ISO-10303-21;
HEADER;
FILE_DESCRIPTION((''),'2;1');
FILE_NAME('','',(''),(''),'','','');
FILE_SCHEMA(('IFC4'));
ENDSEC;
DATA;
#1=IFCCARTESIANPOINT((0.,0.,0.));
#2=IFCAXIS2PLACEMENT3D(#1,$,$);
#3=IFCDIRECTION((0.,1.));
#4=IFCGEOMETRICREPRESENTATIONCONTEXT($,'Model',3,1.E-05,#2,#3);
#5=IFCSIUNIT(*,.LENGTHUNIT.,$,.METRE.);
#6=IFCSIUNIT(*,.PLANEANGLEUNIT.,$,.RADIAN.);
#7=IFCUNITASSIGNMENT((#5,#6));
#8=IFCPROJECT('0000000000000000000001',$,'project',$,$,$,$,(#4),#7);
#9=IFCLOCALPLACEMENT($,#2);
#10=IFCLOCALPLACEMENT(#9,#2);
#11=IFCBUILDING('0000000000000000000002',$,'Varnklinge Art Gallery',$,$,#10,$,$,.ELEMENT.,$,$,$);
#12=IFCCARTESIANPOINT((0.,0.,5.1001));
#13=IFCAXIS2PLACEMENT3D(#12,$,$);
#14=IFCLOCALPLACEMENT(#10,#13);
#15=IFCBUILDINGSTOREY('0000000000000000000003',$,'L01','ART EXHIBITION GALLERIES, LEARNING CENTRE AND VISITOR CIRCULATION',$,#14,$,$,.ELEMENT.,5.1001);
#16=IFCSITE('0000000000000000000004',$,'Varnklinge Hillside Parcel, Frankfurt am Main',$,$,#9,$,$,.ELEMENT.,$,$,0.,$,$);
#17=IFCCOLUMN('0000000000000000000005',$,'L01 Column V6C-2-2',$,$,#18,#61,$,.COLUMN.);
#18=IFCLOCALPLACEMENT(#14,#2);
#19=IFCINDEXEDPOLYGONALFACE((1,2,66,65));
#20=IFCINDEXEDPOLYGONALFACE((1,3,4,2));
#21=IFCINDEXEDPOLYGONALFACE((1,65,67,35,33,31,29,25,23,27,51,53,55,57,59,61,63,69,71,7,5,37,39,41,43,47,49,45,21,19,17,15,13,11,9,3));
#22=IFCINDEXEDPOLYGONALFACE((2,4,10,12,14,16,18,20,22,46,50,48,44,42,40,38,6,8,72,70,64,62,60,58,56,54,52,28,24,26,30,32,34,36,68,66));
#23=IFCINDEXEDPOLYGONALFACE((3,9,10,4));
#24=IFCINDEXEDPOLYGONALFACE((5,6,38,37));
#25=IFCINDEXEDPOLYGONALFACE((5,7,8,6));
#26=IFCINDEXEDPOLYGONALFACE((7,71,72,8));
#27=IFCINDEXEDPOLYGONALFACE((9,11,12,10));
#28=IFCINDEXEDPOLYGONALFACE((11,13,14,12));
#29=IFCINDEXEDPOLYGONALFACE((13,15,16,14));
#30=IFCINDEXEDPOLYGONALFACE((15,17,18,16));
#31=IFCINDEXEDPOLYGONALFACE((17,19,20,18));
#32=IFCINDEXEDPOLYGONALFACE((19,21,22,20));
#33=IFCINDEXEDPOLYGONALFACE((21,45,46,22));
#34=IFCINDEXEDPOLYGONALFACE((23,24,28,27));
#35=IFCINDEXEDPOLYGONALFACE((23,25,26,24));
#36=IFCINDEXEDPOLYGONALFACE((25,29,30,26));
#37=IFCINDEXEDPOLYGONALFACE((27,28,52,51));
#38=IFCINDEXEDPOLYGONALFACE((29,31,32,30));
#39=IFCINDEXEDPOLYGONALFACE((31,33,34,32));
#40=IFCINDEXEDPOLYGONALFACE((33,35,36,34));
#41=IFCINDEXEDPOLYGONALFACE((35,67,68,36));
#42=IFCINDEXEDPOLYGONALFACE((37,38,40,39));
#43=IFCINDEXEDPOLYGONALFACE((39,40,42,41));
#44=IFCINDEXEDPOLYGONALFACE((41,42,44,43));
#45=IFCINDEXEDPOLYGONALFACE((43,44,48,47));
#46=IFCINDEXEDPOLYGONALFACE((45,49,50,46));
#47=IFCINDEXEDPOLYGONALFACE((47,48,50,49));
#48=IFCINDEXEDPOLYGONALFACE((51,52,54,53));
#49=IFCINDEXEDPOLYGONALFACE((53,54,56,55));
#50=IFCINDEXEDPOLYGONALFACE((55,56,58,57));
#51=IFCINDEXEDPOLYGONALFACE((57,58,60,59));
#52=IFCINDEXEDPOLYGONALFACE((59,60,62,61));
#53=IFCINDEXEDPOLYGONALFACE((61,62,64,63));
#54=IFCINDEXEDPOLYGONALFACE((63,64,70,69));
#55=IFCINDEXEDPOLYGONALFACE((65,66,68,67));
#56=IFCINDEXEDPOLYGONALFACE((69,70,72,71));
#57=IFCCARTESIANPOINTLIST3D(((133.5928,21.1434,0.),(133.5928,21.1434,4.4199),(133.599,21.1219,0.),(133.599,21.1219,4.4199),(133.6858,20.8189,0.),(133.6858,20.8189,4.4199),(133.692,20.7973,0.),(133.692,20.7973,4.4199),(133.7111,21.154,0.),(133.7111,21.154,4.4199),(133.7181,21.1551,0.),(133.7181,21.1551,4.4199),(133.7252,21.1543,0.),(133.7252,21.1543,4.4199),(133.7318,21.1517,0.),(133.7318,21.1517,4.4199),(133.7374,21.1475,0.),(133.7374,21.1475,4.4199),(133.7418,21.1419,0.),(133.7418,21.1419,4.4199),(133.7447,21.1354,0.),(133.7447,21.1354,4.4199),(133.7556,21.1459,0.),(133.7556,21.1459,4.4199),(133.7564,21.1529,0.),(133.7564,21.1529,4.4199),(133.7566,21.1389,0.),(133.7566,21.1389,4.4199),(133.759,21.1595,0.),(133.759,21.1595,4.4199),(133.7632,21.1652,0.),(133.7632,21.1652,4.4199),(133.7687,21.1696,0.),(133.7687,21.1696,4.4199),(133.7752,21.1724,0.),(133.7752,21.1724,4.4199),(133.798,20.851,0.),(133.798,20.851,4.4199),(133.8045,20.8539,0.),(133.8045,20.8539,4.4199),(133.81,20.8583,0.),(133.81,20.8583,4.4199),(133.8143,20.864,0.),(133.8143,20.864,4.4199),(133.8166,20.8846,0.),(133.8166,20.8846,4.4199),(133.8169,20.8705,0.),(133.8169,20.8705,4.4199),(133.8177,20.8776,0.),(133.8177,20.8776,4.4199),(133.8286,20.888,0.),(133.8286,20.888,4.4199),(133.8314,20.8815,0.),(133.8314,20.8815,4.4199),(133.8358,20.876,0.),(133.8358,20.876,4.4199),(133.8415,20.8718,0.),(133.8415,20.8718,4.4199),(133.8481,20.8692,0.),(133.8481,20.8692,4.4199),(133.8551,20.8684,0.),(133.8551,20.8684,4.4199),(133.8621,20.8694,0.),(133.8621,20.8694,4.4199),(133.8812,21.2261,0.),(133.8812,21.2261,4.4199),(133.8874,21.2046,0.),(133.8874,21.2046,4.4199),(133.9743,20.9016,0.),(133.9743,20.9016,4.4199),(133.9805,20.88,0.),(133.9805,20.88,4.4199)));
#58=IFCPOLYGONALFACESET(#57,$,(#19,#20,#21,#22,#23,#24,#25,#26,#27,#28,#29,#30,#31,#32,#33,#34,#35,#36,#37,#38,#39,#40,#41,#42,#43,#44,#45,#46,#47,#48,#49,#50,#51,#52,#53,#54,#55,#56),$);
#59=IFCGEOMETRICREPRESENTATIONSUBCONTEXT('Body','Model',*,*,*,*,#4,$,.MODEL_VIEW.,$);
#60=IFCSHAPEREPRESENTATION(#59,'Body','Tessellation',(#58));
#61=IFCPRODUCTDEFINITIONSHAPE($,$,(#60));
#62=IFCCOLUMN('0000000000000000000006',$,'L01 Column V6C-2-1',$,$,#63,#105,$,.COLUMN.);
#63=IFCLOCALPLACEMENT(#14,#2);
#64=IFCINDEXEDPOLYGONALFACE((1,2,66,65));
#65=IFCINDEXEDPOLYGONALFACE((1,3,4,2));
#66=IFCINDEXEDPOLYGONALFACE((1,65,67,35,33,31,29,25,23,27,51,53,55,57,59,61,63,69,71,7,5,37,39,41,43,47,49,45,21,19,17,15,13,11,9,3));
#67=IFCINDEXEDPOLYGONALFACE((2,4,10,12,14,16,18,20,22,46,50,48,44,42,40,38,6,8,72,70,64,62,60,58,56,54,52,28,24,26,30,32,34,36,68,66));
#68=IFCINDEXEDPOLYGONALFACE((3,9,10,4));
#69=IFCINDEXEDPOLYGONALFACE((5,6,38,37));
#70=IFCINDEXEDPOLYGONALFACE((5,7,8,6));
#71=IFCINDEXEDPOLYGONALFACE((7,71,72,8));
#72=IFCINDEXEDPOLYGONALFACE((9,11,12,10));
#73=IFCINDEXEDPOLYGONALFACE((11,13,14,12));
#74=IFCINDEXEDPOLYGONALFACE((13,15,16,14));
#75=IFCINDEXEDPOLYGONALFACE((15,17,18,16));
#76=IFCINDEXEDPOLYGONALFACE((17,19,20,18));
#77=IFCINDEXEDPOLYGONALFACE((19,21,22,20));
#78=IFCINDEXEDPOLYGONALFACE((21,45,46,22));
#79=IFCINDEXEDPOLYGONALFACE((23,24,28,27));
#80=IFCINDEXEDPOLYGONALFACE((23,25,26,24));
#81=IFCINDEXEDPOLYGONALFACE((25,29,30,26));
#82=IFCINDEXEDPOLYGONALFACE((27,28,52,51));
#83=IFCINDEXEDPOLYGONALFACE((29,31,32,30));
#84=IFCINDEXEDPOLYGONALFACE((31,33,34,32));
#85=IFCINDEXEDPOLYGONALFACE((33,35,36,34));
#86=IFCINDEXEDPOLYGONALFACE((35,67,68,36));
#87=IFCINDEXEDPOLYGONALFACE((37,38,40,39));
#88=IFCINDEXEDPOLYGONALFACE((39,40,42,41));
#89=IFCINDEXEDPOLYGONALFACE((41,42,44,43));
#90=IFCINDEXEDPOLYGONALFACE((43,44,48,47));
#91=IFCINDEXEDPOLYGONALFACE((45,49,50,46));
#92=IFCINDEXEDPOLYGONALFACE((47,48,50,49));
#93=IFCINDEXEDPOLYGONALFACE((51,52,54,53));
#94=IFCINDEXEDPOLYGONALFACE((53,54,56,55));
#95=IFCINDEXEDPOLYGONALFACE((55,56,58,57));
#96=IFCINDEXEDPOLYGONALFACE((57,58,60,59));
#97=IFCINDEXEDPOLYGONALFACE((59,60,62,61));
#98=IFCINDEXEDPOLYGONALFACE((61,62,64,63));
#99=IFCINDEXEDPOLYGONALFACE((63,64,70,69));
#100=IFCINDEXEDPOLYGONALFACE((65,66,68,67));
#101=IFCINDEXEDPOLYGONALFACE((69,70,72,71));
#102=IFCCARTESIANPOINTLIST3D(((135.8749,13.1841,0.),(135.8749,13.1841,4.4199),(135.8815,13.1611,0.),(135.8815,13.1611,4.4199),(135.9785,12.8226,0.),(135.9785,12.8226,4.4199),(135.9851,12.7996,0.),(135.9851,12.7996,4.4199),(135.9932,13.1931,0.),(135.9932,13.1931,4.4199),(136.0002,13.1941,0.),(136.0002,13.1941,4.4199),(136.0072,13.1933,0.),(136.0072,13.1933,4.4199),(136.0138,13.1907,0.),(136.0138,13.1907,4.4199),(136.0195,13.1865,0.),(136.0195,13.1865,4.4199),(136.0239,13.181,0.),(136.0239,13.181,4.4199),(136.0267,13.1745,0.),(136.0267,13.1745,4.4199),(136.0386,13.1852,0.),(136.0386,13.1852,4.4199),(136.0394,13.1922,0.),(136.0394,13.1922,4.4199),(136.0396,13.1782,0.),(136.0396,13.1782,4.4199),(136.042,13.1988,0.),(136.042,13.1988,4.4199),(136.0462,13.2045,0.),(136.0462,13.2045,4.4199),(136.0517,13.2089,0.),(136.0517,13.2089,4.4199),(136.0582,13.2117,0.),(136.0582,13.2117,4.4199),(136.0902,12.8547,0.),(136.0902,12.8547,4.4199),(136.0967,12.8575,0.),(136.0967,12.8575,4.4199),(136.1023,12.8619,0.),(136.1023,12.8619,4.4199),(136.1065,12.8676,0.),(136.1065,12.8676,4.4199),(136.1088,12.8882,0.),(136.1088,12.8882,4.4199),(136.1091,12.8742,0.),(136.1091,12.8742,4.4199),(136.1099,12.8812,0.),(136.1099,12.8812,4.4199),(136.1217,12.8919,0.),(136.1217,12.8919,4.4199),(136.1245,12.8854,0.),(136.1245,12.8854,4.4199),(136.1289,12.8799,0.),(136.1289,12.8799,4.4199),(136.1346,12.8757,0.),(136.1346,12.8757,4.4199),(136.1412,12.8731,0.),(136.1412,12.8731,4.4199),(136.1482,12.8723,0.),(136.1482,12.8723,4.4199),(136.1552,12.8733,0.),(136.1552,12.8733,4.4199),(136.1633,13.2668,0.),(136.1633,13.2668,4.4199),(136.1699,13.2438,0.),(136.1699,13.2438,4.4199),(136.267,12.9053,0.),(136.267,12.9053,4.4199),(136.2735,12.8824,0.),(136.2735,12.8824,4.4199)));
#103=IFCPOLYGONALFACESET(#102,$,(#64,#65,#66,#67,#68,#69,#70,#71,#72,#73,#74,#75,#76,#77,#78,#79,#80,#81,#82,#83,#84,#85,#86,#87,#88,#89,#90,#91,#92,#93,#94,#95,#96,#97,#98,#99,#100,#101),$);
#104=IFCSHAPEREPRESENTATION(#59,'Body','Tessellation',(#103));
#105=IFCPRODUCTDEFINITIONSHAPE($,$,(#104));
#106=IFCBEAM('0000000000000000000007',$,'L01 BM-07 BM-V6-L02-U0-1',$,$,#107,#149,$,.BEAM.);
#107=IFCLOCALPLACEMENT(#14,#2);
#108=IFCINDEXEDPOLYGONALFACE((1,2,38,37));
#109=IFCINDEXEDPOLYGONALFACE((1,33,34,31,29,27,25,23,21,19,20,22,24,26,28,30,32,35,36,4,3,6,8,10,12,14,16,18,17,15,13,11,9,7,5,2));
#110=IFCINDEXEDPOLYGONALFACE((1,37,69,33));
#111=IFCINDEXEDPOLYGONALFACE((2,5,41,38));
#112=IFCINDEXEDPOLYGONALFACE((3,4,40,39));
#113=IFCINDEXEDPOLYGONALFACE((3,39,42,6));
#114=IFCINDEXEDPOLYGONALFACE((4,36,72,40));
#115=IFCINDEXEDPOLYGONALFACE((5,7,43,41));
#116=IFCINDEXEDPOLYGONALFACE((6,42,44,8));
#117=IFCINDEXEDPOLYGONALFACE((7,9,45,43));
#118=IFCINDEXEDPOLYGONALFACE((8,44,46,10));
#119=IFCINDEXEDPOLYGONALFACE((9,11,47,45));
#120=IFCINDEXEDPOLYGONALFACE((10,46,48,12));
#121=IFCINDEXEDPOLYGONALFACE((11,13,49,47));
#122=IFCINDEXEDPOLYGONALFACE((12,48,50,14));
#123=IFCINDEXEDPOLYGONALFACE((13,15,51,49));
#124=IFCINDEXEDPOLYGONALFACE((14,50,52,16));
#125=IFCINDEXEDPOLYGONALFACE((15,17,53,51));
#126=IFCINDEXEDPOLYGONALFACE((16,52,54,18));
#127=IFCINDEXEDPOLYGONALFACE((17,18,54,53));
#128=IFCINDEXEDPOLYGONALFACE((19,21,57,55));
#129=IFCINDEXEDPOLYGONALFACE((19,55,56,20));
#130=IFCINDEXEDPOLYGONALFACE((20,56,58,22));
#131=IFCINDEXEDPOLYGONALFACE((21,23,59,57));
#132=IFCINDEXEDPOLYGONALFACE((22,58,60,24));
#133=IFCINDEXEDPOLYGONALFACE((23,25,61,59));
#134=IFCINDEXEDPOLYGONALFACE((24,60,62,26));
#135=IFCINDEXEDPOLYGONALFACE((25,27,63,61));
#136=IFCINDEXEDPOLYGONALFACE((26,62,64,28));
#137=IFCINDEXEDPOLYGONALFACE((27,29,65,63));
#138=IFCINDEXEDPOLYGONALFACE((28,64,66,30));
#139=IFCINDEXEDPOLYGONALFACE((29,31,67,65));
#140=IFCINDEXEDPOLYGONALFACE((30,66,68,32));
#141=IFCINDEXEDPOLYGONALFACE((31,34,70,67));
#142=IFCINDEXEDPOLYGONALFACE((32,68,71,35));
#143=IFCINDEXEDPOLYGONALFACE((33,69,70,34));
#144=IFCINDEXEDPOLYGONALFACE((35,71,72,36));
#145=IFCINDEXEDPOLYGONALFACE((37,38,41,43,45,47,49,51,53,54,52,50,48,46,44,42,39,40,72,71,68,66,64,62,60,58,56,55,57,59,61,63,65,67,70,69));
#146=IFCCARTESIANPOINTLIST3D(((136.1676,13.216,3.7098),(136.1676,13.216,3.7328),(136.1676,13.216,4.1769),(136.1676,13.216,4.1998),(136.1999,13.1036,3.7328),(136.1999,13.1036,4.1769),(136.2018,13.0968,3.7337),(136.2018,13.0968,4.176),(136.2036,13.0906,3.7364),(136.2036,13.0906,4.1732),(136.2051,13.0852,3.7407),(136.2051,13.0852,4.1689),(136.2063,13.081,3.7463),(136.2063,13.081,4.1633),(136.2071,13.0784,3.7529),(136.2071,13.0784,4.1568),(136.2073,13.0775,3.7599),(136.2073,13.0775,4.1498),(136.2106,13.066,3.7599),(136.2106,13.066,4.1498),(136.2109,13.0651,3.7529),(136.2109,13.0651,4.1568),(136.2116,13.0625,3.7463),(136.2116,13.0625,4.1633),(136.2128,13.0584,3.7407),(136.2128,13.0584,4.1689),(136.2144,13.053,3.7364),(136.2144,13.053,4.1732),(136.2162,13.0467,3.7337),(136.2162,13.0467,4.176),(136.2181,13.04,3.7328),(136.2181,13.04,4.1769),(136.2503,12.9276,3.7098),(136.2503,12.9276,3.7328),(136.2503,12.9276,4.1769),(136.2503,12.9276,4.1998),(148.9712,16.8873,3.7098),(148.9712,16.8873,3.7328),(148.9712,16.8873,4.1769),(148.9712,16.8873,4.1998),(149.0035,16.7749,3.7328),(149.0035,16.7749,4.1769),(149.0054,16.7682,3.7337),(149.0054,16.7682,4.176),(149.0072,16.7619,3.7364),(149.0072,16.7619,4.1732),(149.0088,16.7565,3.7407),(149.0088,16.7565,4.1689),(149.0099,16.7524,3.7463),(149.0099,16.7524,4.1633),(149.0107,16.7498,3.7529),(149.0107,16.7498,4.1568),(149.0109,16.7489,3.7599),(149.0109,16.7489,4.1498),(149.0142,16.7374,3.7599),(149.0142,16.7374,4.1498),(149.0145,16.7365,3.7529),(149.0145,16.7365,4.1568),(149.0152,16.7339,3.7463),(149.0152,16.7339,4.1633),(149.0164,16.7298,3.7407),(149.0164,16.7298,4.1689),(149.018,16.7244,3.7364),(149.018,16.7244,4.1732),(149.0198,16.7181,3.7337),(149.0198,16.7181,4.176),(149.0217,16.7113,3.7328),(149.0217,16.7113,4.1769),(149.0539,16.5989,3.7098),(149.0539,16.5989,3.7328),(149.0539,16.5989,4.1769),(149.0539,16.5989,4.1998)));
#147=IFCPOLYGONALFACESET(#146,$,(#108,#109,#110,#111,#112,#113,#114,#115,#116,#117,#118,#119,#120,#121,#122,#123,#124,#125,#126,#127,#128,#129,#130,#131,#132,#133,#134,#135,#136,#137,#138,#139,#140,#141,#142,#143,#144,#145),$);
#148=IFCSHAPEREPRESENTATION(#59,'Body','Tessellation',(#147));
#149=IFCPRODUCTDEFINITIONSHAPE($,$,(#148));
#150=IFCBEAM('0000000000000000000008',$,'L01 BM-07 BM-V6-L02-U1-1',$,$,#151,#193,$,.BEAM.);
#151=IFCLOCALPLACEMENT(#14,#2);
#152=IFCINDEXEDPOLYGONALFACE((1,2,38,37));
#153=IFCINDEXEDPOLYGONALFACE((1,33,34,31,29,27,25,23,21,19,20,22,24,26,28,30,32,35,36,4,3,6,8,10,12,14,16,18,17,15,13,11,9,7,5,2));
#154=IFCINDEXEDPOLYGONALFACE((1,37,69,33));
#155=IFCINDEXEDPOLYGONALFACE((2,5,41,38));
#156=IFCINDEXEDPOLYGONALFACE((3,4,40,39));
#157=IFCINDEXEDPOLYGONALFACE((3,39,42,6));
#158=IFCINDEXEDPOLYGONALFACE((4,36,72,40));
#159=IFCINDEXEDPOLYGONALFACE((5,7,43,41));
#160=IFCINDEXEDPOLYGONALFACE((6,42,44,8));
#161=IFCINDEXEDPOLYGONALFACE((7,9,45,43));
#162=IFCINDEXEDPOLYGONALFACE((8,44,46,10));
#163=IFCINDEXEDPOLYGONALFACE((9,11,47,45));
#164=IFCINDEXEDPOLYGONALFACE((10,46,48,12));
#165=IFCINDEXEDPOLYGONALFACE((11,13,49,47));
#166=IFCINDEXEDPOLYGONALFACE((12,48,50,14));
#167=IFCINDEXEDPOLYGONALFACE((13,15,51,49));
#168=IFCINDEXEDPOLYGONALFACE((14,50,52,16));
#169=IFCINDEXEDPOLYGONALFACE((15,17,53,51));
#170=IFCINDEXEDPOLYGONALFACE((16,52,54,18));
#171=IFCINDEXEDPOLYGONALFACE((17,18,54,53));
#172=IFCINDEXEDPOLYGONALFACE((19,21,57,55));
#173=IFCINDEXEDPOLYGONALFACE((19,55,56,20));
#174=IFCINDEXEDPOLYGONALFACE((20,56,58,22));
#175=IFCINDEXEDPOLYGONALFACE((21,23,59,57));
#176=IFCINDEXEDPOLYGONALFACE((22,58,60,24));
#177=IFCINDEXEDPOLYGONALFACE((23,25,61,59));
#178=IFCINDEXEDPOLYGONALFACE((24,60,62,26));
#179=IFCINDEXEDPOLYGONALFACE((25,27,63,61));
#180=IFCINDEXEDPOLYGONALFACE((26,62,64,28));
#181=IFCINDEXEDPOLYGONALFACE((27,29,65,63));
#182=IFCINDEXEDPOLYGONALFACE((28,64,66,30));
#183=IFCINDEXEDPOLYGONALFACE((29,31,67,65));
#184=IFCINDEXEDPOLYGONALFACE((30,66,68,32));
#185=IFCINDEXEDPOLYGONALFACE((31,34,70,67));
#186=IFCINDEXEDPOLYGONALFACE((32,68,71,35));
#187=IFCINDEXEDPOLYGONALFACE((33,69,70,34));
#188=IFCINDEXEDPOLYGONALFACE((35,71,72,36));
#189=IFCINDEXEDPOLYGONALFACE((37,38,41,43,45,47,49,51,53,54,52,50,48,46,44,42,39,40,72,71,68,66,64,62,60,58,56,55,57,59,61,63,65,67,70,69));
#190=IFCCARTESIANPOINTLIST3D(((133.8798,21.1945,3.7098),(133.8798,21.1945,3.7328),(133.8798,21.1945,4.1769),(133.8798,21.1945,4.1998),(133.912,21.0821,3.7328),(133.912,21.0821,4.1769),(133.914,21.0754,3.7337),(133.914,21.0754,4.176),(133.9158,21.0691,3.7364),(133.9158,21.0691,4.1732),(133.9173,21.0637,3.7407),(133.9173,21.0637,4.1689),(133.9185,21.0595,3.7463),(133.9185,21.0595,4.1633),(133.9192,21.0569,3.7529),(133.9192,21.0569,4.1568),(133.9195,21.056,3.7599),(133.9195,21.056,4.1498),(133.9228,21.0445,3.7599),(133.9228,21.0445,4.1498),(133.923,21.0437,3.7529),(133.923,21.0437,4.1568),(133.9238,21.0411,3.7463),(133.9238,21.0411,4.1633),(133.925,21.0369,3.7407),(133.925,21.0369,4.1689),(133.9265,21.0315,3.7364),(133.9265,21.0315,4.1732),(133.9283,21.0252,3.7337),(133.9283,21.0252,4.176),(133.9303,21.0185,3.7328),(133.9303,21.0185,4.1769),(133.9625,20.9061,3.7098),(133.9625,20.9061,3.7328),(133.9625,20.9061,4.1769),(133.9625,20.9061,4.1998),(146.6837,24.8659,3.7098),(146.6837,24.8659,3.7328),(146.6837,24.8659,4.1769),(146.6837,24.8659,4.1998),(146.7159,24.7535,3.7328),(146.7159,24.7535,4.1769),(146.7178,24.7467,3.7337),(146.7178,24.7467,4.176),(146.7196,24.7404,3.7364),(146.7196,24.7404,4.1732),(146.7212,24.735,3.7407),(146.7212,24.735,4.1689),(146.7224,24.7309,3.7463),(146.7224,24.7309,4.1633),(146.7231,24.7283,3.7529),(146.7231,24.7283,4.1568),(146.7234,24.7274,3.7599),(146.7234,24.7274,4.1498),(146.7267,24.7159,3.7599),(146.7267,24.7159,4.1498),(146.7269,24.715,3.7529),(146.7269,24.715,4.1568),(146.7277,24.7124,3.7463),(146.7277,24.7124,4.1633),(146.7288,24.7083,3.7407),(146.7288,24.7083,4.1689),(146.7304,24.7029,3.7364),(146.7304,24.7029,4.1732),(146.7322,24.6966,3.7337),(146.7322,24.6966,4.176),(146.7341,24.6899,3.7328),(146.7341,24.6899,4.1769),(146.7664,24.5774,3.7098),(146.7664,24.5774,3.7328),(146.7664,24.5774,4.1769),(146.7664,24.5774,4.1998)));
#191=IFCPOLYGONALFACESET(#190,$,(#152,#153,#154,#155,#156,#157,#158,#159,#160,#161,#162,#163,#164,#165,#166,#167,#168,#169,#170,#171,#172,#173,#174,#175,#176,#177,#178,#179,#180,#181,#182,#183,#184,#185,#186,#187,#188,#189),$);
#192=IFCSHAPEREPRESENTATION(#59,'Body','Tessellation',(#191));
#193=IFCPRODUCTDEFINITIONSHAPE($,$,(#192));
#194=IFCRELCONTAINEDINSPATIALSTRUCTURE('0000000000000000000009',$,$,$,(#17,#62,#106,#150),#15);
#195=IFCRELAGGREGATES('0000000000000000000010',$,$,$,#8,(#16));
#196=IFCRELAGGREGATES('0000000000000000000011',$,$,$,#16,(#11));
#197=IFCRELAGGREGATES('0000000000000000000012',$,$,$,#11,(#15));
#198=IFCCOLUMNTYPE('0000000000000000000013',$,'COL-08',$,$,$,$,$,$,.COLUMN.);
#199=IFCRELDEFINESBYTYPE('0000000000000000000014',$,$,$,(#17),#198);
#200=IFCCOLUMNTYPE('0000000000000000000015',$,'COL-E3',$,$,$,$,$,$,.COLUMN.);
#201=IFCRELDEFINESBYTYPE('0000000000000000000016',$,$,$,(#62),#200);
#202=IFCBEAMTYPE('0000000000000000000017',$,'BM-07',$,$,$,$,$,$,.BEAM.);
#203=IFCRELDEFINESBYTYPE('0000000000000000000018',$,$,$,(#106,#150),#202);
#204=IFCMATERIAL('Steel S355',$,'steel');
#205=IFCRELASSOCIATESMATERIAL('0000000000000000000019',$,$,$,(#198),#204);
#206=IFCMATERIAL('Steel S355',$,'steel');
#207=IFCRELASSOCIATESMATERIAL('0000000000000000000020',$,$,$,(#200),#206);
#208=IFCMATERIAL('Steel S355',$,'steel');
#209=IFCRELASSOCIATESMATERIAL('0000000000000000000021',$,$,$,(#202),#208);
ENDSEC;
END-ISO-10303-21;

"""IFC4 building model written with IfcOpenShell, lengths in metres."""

from ifc_helpers import new_model, si_unit, direction, frame, origin, origin_2d, place, context, subcontext, project, spatial, i_section, extrude, material, material_profile, profile_set, type_object, element, save


model = new_model("IFC4")

# Units and contexts
model_context = context("Model", 3, precision=1e-05, world=origin(), true_north=direction((0.0, 1.0)))
body_context = subcontext(model_context, "Body", "Model", "MODEL_VIEW")
ifc_project = project(units=[si_unit("LENGTHUNIT", "METRE"), si_unit("PLANEANGLEUNIT", "RADIAN")], contexts=[model_context])

# Site, building, storey
site_placement = place(None, origin())
site = spatial("IfcSite", under=ifc_project, at=site_placement, Name="Varnklinge Hillside Parcel, Frankfurt am Main", CompositionType="ELEMENT", RefElevation=0.0)
building_placement = place(site_placement, origin())
building = spatial("IfcBuilding", under=site, at=building_placement, Name="Varnklinge Art Gallery", CompositionType="ELEMENT")
storey_placement = place(building_placement, frame((0.0, 0.0, 5.1001)))
storey = spatial("IfcBuildingStorey", under=building, at=storey_placement, Name="L01", Description="ART EXHIBITION GALLERIES, LEARNING CENTRE AND VISITOR CIRCULATION", CompositionType="ELEMENT", Elevation=5.1001)

# Columns
ifc_material_1 = material(Name="Steel S355", Category="steel")
ifc_material_profile_1 = material_profile(ifc_material_1, i_section(OverallWidth=0.3, OverallDepth=0.3601, WebThickness=0.0125, FlangeThickness=0.0225, FilletRadius=0.0271, at=origin_2d()), Name="HEB 360")
ifc_profile_set_1 = profile_set([ifc_material_profile_1], Name="Steel S355")
column_type_1 = type_object("IfcColumnType", Name="COL-08", PredefinedType="COLUMN", material=ifc_profile_set_1)
column_1_placement = place(storey_placement, frame((133.7866, 21.0117, 0.0), z_axis=(0.0, 0.0, 1.0), x_axis=(0.961262, 0.275637, 0.0)))
element("IfcColumn", 1, at=column_1_placement, inside=storey, type_object=column_type_1, Name="L01 Column V6C-2-2", PredefinedType="COLUMN", context=body_context, shape_type="SweptSolid", body=[
    extrude(i_section(OverallWidth=0.3, OverallDepth=0.3601, WebThickness=0.0125, FlangeThickness=0.0225, FilletRadius=0.0271, at=origin_2d()), origin(), (0.0, 0.0, 1.0), 4.4199),
])
ifc_material_2 = material(Name="Steel S355", Category="steel")
ifc_material_profile_2 = material_profile(ifc_material_2, i_section(OverallWidth=0.3, OverallDepth=0.3999, WebThickness=0.0134, FlangeThickness=0.0239, FilletRadius=0.0271, at=origin_2d()), Name="HEB 400")
ifc_profile_set_2 = profile_set([ifc_material_profile_2], Name="Steel S355")
column_type_2 = type_object("IfcColumnType", Name="COL-E3", PredefinedType="COLUMN", material=ifc_profile_set_2)
column_2_placement = place(storey_placement, frame((136.0742, 13.0332, 0.0), z_axis=(0.0, 0.0, 1.0), x_axis=(0.961262, 0.275637, 0.0)))
element("IfcColumn", 2, at=column_2_placement, inside=storey, type_object=column_type_2, Name="L01 Column V6C-2-1", PredefinedType="COLUMN", context=body_context, shape_type="SweptSolid", body=[
    extrude(i_section(OverallWidth=0.3, OverallDepth=0.3999, WebThickness=0.0134, FlangeThickness=0.0239, FilletRadius=0.0271, at=origin_2d()), origin(), (0.0, 0.0, 1.0), 4.4199),
])

# Beams
ifc_material_3 = material(Name="Steel S355", Category="steel")
ifc_material_profile_3 = material_profile(ifc_material_3, i_section(OverallWidth=0.3, OverallDepth=0.49, WebThickness=0.012, FlangeThickness=0.0229, FilletRadius=0.0271, at=origin_2d()), Name="HEA 500")
ifc_profile_set_3 = profile_set([ifc_material_profile_3], Name="Steel S355")
beam_type_1 = type_object("IfcBeamType", Name="BM-07", PredefinedType="BEAM", material=ifc_profile_set_3)
beam_1_placement = place(storey_placement, frame((136.209, 13.0718, 3.9548), z_axis=(0.961262, 0.275636, 0.0), x_axis=(-0.275636, 0.961262, 0.0)))
element("IfcBeam", 3, at=beam_1_placement, inside=storey, type_object=beam_type_1, Name="L01 BM-07 BM-V6-L02-U0-1", PredefinedType="BEAM", context=body_context, shape_type="SweptSolid", body=[
    extrude(i_section(OverallWidth=0.3, OverallDepth=0.49, WebThickness=0.012, FlangeThickness=0.0229, FilletRadius=0.0271, at=origin_2d()), origin(), (0.0, 0.0, 1.0), 13.3196),
])
beam_2_placement = place(storey_placement, frame((133.9211, 21.0503, 3.9548), z_axis=(0.961263, 0.275631, 0.0), x_axis=(-0.275631, 0.961263, 0.0)))
element("IfcBeam", 4, at=beam_2_placement, inside=storey, type_object=beam_type_1, Name="L01 BM-07 BM-V6-L02-U1-1", PredefinedType="BEAM", context=body_context, shape_type="SweptSolid", body=[
    extrude(i_section(OverallWidth=0.3, OverallDepth=0.49, WebThickness=0.012, FlangeThickness=0.0229, FilletRadius=0.0271, at=origin_2d()), origin(), (0.0, 0.0, 1.0), 13.3198),
])

save(model, "model.ifc")
